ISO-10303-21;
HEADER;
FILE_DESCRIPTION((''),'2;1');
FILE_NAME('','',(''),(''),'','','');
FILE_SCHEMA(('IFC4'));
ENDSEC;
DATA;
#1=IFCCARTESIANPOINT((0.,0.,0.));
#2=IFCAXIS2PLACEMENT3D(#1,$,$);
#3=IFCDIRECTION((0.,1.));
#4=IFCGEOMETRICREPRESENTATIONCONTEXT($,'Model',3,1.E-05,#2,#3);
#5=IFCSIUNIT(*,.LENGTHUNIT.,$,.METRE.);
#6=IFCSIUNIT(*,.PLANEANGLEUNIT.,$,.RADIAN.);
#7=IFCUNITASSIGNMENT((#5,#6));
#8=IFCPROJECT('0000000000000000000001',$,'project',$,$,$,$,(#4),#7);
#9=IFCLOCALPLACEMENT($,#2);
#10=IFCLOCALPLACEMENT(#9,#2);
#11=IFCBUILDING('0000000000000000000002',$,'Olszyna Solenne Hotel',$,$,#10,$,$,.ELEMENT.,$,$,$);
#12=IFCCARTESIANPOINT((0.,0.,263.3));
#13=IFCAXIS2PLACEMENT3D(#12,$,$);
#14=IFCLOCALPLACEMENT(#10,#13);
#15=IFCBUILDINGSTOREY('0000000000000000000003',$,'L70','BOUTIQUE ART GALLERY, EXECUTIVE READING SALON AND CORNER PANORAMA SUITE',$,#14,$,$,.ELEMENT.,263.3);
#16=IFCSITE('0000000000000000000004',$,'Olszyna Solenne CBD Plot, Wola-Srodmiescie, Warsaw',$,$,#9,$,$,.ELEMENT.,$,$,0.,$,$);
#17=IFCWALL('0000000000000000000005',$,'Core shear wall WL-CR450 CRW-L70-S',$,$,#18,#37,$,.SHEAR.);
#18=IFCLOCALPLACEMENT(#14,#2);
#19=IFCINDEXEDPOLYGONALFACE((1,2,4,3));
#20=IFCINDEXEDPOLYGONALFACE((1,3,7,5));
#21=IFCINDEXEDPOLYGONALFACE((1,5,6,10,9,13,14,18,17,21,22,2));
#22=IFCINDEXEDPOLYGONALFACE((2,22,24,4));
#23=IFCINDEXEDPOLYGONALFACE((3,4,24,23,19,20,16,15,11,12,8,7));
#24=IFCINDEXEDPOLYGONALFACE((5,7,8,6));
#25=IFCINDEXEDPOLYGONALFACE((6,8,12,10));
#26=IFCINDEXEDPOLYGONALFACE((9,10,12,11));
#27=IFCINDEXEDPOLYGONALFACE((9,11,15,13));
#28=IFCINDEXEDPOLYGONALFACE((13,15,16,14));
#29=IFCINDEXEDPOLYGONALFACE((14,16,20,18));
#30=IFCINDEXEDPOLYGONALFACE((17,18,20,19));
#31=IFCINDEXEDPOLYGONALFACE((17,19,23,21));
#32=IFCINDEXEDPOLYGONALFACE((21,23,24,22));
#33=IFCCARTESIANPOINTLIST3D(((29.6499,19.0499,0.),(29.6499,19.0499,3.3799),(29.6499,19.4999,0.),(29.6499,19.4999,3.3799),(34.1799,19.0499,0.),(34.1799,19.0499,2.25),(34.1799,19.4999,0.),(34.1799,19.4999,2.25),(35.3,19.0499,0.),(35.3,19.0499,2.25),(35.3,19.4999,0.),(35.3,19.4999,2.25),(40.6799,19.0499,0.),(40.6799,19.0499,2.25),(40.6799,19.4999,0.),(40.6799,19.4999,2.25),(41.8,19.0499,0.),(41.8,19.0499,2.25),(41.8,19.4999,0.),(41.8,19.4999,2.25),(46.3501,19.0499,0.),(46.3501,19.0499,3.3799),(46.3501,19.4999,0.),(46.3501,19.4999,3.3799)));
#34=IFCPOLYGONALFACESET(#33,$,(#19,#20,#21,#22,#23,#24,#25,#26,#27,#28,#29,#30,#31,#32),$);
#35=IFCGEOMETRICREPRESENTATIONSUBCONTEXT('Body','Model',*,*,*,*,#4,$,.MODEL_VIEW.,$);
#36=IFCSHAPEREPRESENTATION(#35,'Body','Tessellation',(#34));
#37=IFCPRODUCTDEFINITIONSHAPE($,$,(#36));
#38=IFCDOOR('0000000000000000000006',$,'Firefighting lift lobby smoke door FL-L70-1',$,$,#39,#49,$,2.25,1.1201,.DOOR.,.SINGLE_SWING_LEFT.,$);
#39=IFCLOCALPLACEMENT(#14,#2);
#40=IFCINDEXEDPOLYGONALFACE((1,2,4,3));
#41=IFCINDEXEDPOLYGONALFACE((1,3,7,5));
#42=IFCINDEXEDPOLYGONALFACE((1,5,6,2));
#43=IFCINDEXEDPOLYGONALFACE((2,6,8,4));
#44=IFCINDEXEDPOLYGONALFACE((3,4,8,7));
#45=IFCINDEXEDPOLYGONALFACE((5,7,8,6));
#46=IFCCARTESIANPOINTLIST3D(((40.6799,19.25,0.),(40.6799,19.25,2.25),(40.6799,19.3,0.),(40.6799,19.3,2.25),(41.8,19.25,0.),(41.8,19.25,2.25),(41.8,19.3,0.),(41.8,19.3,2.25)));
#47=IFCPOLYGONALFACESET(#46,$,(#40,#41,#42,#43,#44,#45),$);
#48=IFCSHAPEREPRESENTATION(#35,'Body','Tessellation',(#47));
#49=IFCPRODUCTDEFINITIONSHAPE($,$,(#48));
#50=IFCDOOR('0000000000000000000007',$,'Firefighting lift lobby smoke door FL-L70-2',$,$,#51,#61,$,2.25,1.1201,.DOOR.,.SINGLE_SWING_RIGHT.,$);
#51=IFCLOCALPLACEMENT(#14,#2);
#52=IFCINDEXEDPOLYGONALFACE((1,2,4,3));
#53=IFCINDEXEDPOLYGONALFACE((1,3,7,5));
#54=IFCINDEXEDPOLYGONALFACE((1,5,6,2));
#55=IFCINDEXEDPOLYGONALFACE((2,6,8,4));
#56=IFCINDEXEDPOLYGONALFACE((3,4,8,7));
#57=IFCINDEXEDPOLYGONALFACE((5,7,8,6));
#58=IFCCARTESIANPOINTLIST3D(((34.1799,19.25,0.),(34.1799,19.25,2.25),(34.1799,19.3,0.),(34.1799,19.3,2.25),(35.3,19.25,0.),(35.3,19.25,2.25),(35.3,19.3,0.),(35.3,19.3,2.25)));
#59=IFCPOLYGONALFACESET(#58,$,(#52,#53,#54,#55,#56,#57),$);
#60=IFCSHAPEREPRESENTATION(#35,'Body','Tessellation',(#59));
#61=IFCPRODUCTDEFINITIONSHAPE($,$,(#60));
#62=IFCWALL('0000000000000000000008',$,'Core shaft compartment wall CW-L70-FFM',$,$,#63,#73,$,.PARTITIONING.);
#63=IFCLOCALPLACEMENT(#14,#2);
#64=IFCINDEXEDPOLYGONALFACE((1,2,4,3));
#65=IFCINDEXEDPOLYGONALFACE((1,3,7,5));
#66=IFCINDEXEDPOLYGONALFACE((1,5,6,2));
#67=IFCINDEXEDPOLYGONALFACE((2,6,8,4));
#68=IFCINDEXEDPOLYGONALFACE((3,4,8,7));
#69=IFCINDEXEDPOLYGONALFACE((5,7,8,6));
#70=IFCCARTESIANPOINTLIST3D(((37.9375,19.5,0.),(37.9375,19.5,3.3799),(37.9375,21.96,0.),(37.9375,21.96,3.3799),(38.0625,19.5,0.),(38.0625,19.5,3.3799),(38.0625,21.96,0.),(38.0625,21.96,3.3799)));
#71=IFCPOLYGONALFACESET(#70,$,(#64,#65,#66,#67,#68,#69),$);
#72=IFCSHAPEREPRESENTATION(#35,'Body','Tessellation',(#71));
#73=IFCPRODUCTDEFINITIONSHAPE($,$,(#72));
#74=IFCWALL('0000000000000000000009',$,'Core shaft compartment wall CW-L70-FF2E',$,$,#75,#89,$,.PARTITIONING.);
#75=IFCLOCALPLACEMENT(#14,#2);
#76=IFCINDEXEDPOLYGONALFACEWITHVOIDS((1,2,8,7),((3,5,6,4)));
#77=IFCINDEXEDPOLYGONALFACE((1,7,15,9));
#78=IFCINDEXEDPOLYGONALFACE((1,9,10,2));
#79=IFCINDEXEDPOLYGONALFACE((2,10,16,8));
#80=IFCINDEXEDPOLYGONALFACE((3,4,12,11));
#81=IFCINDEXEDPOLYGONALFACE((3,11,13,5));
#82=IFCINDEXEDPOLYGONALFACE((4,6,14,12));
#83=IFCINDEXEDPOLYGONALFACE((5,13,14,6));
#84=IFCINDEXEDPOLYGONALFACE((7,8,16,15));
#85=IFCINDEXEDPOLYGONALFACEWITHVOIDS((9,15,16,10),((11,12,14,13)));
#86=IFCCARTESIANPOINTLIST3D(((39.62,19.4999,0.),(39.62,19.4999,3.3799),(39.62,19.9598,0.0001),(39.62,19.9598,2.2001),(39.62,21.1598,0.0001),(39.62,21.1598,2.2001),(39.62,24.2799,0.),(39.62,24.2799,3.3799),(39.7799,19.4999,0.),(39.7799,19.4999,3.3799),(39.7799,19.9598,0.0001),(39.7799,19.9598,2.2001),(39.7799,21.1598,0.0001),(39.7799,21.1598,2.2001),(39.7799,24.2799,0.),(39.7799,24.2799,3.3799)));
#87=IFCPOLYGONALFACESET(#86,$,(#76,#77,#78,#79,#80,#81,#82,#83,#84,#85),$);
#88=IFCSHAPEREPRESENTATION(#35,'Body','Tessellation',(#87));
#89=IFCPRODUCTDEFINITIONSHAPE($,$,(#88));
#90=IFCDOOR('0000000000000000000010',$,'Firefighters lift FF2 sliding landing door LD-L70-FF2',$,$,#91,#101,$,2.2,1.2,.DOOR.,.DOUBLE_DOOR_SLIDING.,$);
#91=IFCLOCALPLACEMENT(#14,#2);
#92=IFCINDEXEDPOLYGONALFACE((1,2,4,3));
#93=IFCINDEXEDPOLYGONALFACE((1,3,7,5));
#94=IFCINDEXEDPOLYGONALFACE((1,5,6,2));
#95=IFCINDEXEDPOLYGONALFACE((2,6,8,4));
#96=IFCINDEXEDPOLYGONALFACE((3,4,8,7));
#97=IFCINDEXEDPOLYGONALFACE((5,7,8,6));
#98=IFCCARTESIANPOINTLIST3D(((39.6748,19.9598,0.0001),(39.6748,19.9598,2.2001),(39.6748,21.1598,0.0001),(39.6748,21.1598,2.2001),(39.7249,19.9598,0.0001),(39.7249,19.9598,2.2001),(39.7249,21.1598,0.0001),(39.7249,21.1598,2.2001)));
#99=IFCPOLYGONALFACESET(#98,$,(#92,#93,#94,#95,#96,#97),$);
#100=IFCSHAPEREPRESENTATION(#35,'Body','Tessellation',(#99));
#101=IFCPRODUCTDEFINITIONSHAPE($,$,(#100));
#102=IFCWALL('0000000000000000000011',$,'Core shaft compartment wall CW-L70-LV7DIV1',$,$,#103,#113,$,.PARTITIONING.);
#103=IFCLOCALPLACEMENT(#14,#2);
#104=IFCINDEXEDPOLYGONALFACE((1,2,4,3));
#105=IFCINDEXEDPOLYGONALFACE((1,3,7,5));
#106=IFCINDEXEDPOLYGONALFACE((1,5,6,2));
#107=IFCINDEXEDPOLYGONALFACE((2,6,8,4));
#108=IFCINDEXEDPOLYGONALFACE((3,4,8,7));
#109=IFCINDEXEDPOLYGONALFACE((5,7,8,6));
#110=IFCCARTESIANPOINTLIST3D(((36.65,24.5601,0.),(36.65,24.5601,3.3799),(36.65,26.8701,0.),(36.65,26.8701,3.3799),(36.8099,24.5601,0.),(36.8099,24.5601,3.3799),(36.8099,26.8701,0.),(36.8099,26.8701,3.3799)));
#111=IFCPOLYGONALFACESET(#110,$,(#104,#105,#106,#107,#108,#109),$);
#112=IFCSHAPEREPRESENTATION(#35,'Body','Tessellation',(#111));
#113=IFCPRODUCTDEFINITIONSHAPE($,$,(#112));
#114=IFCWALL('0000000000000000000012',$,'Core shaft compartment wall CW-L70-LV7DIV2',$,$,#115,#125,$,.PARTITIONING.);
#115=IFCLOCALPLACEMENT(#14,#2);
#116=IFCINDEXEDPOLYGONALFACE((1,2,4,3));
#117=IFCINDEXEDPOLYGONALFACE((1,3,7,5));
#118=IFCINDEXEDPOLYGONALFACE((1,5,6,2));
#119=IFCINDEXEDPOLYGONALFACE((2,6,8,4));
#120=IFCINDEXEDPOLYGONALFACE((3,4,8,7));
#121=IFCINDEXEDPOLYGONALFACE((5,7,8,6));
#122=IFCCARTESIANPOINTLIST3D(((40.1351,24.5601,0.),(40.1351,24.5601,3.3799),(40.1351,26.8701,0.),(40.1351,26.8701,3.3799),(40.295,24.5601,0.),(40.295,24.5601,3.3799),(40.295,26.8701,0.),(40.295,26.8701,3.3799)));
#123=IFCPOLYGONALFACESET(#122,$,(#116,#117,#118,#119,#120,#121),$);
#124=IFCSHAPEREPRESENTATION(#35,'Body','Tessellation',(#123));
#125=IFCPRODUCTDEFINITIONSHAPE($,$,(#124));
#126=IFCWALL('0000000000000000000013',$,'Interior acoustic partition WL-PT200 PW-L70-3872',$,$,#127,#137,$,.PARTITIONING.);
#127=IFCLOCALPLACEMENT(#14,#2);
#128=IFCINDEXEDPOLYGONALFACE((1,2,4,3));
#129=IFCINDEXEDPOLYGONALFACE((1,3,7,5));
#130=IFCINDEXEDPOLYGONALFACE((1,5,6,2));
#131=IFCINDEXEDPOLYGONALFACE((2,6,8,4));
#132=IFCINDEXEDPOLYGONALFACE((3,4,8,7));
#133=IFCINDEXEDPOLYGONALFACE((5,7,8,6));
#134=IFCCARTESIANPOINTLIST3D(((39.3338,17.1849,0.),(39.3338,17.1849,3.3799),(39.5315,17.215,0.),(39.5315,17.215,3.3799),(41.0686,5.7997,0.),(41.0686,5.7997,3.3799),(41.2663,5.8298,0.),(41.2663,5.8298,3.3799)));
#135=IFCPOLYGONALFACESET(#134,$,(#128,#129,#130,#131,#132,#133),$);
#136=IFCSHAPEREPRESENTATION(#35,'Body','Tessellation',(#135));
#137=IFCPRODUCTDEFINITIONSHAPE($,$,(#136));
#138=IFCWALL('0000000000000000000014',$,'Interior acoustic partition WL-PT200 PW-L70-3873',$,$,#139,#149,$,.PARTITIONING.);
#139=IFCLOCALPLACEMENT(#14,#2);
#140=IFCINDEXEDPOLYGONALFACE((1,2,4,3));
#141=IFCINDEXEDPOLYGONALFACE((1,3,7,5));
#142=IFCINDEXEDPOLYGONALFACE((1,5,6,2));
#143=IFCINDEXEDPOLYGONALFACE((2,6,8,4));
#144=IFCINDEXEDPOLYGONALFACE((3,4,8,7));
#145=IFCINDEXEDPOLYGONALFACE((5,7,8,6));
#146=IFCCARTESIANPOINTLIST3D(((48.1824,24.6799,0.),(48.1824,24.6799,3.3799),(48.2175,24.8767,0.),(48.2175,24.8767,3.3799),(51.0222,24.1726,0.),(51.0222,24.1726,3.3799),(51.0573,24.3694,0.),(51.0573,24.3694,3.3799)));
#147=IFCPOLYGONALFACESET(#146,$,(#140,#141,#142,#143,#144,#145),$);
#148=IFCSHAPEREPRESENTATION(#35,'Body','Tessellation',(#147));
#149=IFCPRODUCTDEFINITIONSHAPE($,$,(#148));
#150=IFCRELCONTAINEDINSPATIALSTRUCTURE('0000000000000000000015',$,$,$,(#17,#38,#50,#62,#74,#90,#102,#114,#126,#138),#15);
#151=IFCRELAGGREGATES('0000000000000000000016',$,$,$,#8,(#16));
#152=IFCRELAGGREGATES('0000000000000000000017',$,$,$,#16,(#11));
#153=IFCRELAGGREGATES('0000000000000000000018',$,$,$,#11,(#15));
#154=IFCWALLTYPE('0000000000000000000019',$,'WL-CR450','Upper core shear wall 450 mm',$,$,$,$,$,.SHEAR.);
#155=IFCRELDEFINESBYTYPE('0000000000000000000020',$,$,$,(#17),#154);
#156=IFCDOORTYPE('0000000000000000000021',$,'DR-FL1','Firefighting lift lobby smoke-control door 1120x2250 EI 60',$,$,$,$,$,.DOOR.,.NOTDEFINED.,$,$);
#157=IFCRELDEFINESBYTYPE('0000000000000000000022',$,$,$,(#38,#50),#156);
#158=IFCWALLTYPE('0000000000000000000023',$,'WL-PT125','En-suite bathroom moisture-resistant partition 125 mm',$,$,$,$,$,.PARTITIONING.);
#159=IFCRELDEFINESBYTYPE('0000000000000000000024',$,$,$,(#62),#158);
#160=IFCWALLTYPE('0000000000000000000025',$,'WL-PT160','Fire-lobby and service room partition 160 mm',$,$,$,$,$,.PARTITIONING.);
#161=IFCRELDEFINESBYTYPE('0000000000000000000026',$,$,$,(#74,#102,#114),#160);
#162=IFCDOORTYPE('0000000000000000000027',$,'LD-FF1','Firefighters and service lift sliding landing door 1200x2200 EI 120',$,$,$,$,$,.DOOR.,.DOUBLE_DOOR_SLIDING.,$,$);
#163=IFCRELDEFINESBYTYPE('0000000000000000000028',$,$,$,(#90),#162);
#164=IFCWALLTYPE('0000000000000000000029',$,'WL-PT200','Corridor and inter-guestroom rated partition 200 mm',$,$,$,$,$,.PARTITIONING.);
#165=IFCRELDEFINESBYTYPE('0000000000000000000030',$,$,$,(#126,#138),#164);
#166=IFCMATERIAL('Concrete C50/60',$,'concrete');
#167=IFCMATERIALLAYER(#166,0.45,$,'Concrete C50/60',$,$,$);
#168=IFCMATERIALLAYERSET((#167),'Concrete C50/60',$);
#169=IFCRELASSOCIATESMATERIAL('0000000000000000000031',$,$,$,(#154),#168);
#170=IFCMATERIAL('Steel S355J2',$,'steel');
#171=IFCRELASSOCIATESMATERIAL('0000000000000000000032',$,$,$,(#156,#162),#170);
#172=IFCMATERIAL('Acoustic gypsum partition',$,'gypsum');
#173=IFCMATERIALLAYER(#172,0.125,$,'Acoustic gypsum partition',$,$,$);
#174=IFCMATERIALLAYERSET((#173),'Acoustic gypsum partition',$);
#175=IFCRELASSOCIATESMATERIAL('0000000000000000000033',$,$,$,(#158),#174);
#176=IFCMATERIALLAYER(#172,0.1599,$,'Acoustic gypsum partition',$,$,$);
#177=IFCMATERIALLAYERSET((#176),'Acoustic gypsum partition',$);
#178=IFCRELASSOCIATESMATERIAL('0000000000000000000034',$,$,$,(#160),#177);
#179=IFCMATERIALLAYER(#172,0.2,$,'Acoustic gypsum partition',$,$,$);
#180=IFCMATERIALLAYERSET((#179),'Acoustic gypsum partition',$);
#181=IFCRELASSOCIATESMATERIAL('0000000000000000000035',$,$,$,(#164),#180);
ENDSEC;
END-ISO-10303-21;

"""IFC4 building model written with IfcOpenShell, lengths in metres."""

from ifc_helpers import new_model, si_unit, direction, frame, frame_2d, origin, place, context, subcontext, project, spatial, rectangle, extrude, source, transform, mapped, material, layer, layer_set, type_object, type_shapes, element, fill, save


model = new_model("IFC4")

# Units and contexts
model_context = context("Model", 3, precision=1e-05, world=origin(), true_north=direction((0.0, 1.0)))
body_context = subcontext(model_context, "Body", "Model", "MODEL_VIEW")
ifc_project = project(units=[si_unit("LENGTHUNIT", "METRE"), si_unit("PLANEANGLEUNIT", "RADIAN")], contexts=[model_context])

# Site, building, storey
site_placement = place(None, origin())
site = spatial("IfcSite", under=ifc_project, at=site_placement, Name="Olszyna Solenne CBD Plot, Wola-Srodmiescie, Warsaw", CompositionType="ELEMENT", RefElevation=0.0)
building_placement = place(site_placement, origin())
building = spatial("IfcBuilding", under=site, at=building_placement, Name="Olszyna Solenne Hotel", CompositionType="ELEMENT")
storey_placement = place(building_placement, frame((0.0, 0.0, 263.3)))
storey = spatial("IfcBuildingStorey", under=building, at=storey_placement, Name="L70", Description="BOUTIQUE ART GALLERY, EXECUTIVE READING SALON AND CORNER PANORAMA SUITE", CompositionType="ELEMENT", Elevation=263.3)

# Shared definitions
ifc_material_1 = material(Name="Steel S355J2", Category="steel")

# Shared definitions
ifc_material_2 = material(Name="Concrete C50/60", Category="concrete")

# Wall, openings, doors
ifc_layer_1 = layer(ifc_material_2, 0.45, Name="Concrete C50/60")
ifc_layer_set_1 = layer_set([ifc_layer_1], Name="Concrete C50/60")
wall_type_1 = type_object("IfcWallType", Name="WL-CR450", Description="Upper core shear wall 450 mm", PredefinedType="SHEAR", material=ifc_layer_set_1)
wall_1_placement = place(storey_placement, frame((46.3501, 19.2749, 0.0), z_axis=(0.0, 0.0, 1.0), x_axis=(-1.0, 0.0, 0.0)))
wall_1 = element("IfcWall", 1, at=wall_1_placement, inside=storey, type_object=wall_type_1, Name="Core shear wall WL-CR450 CRW-L70-S", PredefinedType="SHEAR", context=body_context, shape_type="SweptSolid", body=[
    extrude(rectangle(XDim=16.7002, YDim=0.45, at=frame_2d((8.3501, 0.0))), origin(), (0.0, 0.0, 1.0), 3.3799),
])
opening_1_placement = place(wall_1_placement, frame((4.55, 0.0, 0.0)))
opening_1 = element("IfcOpeningElement", 2, at=opening_1_placement, cuts=wall_1, PredefinedType="OPENING", context=body_context, shape_type="SweptSolid", body=[
    extrude(rectangle(XDim=1.1201, YDim=2.25, at=frame_2d((0.5601, 1.125))), frame((0.0, 0.2349, 0.0), z_axis=(0.0, -1.0, 0.0), x_axis=(1.0, 0.0, 0.0)), (0.0, 0.0, 1.0), 0.47),
])
opening_2_placement = place(wall_1_placement, frame((11.05, 0.0, 0.0)))
opening_2 = element("IfcOpeningElement", 3, at=opening_2_placement, cuts=wall_1, PredefinedType="OPENING", context=body_context, shape_type="SweptSolid", body=[
    extrude(rectangle(XDim=1.1201, YDim=2.25, at=frame_2d((0.5601, 1.125))), frame((0.0, 0.2349, 0.0), z_axis=(0.0, -1.0, 0.0), x_axis=(1.0, 0.0, 0.0)), (0.0, 0.0, 1.0), 0.47),
])
door_type_1 = type_object("IfcDoorType", Name="DR-FL1", Description="Firefighting lift lobby smoke-control door 1120x2250 EI 60", OperationType="NOTDEFINED", PredefinedType="DOOR", material=ifc_material_1)
shared_shape_1 = source(origin(), body_context, "Body", "SweptSolid", [
    extrude(rectangle(XDim=1.1201, YDim=2.25, at=frame_2d((0.5601, 1.125))), frame((0.0, 0.0249, 0.0), z_axis=(0.0, -1.0, 0.0), x_axis=(1.0, 0.0, 0.0)), (0.0, 0.0, 1.0), 0.05),
])
type_shapes(door_type_1, [shared_shape_1])
door_1_placement = place(opening_1_placement, origin())
door_1 = element("IfcDoor", 4, at=door_1_placement, inside=storey, type_object=door_type_1, Name="Firefighting lift lobby smoke door FL-L70-1", OperationType="SINGLE_SWING_LEFT", OverallHeight=2.25, OverallWidth=1.1201, PredefinedType="DOOR", context=body_context, shape_type="MappedRepresentation", body=[
    mapped(shared_shape_1, transform((0.0, 0.0, 0.0), x_axis=(1.0, 0.0, 0.0), y_axis=(0.0, 1.0, 0.0), z_axis=(0.0, 0.0, 1.0), scale=1.0)),
])
fill(opening_1, door_1)
door_2_placement = place(opening_2_placement, origin())
door_2 = element("IfcDoor", 5, at=door_2_placement, inside=storey, type_object=door_type_1, Name="Firefighting lift lobby smoke door FL-L70-2", OperationType="SINGLE_SWING_RIGHT", OverallHeight=2.25, OverallWidth=1.1201, PredefinedType="DOOR", context=body_context, shape_type="MappedRepresentation", body=[
    mapped(shared_shape_1, transform((0.0, 0.0, 0.0), x_axis=(1.0, 0.0, 0.0), y_axis=(0.0, 1.0, 0.0), z_axis=(0.0, 0.0, 1.0), scale=1.0)),
])
fill(opening_2, door_2)

# Wall
ifc_material_3 = material(Name="Acoustic gypsum partition", Category="gypsum")
ifc_layer_2 = layer(ifc_material_3, 0.125, Name="Acoustic gypsum partition")
ifc_layer_set_2 = layer_set([ifc_layer_2], Name="Acoustic gypsum partition")
wall_type_2 = type_object("IfcWallType", Name="WL-PT125", Description="En-suite bathroom moisture-resistant partition 125 mm", PredefinedType="PARTITIONING", material=ifc_layer_set_2)
wall_2_placement = place(storey_placement, frame((38.0, 19.5, 0.0), z_axis=(0.0, 0.0, 1.0), x_axis=(0.0, 1.0, 0.0)))
element("IfcWall", 6, at=wall_2_placement, inside=storey, type_object=wall_type_2, Name="Core shaft compartment wall CW-L70-FFM", PredefinedType="PARTITIONING", context=body_context, shape_type="SweptSolid", body=[
    extrude(rectangle(XDim=2.46, YDim=0.125, at=frame_2d((1.23, 0.0))), origin(), (0.0, 0.0, 1.0), 3.3799),
])

# Wall, opening, door
ifc_layer_3 = layer(ifc_material_3, 0.1599, Name="Acoustic gypsum partition")
ifc_layer_set_3 = layer_set([ifc_layer_3], Name="Acoustic gypsum partition")
wall_type_3 = type_object("IfcWallType", Name="WL-PT160", Description="Fire-lobby and service room partition 160 mm", PredefinedType="PARTITIONING", material=ifc_layer_set_3)
wall_3_placement = place(storey_placement, frame((39.7, 24.28, 0.0), z_axis=(0.0, 0.0, 1.0), x_axis=(0.0, -1.0, 0.0)))
wall_3 = element("IfcWall", 7, at=wall_3_placement, inside=storey, type_object=wall_type_3, Name="Core shaft compartment wall CW-L70-FF2E", PredefinedType="PARTITIONING", context=body_context, shape_type="SweptSolid", body=[
    extrude(rectangle(XDim=4.78, YDim=0.1599, at=frame_2d((2.3901, 0.0))), origin(), (0.0, 0.0, 1.0), 3.3799),
])
opening_3_placement = place(wall_3_placement, frame((3.1201, 0.0, 0.0)))
opening_3 = element("IfcOpeningElement", 8, at=opening_3_placement, cuts=wall_3, PredefinedType="OPENING", context=body_context, shape_type="SweptSolid", body=[
    extrude(rectangle(XDim=1.2, YDim=2.2, at=frame_2d((0.6001, 1.1001))), frame((0.0, 0.0898, 0.0), z_axis=(0.0, -1.0, 0.0), x_axis=(1.0, 0.0, 0.0)), (0.0, 0.0, 1.0), 0.1799),
])
door_type_2 = type_object("IfcDoorType", Name="LD-FF1", Description="Firefighters and service lift sliding landing door 1200x2200 EI 120", OperationType="DOUBLE_DOOR_SLIDING", PredefinedType="DOOR", material=ifc_material_1)
shared_shape_2 = source(origin(), body_context, "Body", "SweptSolid", [
    extrude(rectangle(XDim=1.2, YDim=2.2, at=frame_2d((0.6001, 1.1001))), frame((0.0, 0.0249, 0.0), z_axis=(0.0, -1.0, 0.0), x_axis=(1.0, 0.0, 0.0)), (0.0, 0.0, 1.0), 0.05),
])
type_shapes(door_type_2, [shared_shape_2])
door_3_placement = place(opening_3_placement, origin())
door_3 = element("IfcDoor", 9, at=door_3_placement, inside=storey, type_object=door_type_2, Name="Firefighters lift FF2 sliding landing door LD-L70-FF2", OperationType="DOUBLE_DOOR_SLIDING", OverallHeight=2.2, OverallWidth=1.2, PredefinedType="DOOR", context=body_context, shape_type="MappedRepresentation", body=[
    mapped(shared_shape_2, transform((0.0, 0.0, 0.0), x_axis=(1.0, 0.0, 0.0), y_axis=(0.0, 1.0, 0.0), z_axis=(0.0, 0.0, 1.0), scale=1.0)),
])
fill(opening_3, door_3)

# Walls
for number, where, z_axis, x_axis, name in (
    (10, (36.73, 24.5601, 0.0), (0.0, 0.0, 1.0), (0.0, 1.0, 0.0), "Core shaft compartment wall CW-L70-LV7DIV1"),
    (11, (40.2151, 24.5601, 0.0), (0.0, 0.0, 1.0), (0.0, 1.0, 0.0), "Core shaft compartment wall CW-L70-LV7DIV2"),
):
    element("IfcWall", number, at=place(storey_placement, frame(where, z_axis=z_axis, x_axis=x_axis)), inside=storey, type_object=wall_type_3, Name=name, PredefinedType="PARTITIONING", context=body_context, shape_type="SweptSolid", body=[
        extrude(rectangle(XDim=2.3101, YDim=0.1599, at=frame_2d((1.155, 0.0))), origin(), (0.0, 0.0, 1.0), 3.3799),
    ])
ifc_layer_4 = layer(ifc_material_3, 0.2, Name="Acoustic gypsum partition")
ifc_layer_set_4 = layer_set([ifc_layer_4], Name="Acoustic gypsum partition")
wall_type_4 = type_object("IfcWallType", Name="WL-PT200", Description="Corridor and inter-guestroom rated partition 200 mm", PredefinedType="PARTITIONING", material=ifc_layer_set_4)
wall_4_placement = place(storey_placement, frame((39.4326, 17.2, 0.0), z_axis=(0.0, 0.0, 1.0), x_axis=(0.150639, -0.988589, 0.0)))
element("IfcWall", 12, at=wall_4_placement, inside=storey, type_object=wall_type_4, Name="Interior acoustic partition WL-PT200 PW-L70-3872", PredefinedType="PARTITIONING", context=body_context, shape_type="SweptSolid", body=[
    extrude(rectangle(XDim=11.5166, YDim=0.2, at=frame_2d((5.7583, 0.0))), origin(), (0.0, 0.0, 1.0), 3.3799),
])
wall_5_placement = place(storey_placement, frame((48.2, 24.7783, 0.0), z_axis=(0.0, 0.0, 1.0), x_axis=(0.984415, -0.175861, 0.0)))
element("IfcWall", 13, at=wall_5_placement, inside=storey, type_object=wall_type_4, Name="Interior acoustic partition WL-PT200 PW-L70-3873", PredefinedType="PARTITIONING", context=body_context, shape_type="SweptSolid", body=[
    extrude(rectangle(XDim=2.8848, YDim=0.2, at=frame_2d((1.4424, 0.0))), origin(), (0.0, 0.0, 1.0), 3.3799),
])

save(model, "model.ifc")
